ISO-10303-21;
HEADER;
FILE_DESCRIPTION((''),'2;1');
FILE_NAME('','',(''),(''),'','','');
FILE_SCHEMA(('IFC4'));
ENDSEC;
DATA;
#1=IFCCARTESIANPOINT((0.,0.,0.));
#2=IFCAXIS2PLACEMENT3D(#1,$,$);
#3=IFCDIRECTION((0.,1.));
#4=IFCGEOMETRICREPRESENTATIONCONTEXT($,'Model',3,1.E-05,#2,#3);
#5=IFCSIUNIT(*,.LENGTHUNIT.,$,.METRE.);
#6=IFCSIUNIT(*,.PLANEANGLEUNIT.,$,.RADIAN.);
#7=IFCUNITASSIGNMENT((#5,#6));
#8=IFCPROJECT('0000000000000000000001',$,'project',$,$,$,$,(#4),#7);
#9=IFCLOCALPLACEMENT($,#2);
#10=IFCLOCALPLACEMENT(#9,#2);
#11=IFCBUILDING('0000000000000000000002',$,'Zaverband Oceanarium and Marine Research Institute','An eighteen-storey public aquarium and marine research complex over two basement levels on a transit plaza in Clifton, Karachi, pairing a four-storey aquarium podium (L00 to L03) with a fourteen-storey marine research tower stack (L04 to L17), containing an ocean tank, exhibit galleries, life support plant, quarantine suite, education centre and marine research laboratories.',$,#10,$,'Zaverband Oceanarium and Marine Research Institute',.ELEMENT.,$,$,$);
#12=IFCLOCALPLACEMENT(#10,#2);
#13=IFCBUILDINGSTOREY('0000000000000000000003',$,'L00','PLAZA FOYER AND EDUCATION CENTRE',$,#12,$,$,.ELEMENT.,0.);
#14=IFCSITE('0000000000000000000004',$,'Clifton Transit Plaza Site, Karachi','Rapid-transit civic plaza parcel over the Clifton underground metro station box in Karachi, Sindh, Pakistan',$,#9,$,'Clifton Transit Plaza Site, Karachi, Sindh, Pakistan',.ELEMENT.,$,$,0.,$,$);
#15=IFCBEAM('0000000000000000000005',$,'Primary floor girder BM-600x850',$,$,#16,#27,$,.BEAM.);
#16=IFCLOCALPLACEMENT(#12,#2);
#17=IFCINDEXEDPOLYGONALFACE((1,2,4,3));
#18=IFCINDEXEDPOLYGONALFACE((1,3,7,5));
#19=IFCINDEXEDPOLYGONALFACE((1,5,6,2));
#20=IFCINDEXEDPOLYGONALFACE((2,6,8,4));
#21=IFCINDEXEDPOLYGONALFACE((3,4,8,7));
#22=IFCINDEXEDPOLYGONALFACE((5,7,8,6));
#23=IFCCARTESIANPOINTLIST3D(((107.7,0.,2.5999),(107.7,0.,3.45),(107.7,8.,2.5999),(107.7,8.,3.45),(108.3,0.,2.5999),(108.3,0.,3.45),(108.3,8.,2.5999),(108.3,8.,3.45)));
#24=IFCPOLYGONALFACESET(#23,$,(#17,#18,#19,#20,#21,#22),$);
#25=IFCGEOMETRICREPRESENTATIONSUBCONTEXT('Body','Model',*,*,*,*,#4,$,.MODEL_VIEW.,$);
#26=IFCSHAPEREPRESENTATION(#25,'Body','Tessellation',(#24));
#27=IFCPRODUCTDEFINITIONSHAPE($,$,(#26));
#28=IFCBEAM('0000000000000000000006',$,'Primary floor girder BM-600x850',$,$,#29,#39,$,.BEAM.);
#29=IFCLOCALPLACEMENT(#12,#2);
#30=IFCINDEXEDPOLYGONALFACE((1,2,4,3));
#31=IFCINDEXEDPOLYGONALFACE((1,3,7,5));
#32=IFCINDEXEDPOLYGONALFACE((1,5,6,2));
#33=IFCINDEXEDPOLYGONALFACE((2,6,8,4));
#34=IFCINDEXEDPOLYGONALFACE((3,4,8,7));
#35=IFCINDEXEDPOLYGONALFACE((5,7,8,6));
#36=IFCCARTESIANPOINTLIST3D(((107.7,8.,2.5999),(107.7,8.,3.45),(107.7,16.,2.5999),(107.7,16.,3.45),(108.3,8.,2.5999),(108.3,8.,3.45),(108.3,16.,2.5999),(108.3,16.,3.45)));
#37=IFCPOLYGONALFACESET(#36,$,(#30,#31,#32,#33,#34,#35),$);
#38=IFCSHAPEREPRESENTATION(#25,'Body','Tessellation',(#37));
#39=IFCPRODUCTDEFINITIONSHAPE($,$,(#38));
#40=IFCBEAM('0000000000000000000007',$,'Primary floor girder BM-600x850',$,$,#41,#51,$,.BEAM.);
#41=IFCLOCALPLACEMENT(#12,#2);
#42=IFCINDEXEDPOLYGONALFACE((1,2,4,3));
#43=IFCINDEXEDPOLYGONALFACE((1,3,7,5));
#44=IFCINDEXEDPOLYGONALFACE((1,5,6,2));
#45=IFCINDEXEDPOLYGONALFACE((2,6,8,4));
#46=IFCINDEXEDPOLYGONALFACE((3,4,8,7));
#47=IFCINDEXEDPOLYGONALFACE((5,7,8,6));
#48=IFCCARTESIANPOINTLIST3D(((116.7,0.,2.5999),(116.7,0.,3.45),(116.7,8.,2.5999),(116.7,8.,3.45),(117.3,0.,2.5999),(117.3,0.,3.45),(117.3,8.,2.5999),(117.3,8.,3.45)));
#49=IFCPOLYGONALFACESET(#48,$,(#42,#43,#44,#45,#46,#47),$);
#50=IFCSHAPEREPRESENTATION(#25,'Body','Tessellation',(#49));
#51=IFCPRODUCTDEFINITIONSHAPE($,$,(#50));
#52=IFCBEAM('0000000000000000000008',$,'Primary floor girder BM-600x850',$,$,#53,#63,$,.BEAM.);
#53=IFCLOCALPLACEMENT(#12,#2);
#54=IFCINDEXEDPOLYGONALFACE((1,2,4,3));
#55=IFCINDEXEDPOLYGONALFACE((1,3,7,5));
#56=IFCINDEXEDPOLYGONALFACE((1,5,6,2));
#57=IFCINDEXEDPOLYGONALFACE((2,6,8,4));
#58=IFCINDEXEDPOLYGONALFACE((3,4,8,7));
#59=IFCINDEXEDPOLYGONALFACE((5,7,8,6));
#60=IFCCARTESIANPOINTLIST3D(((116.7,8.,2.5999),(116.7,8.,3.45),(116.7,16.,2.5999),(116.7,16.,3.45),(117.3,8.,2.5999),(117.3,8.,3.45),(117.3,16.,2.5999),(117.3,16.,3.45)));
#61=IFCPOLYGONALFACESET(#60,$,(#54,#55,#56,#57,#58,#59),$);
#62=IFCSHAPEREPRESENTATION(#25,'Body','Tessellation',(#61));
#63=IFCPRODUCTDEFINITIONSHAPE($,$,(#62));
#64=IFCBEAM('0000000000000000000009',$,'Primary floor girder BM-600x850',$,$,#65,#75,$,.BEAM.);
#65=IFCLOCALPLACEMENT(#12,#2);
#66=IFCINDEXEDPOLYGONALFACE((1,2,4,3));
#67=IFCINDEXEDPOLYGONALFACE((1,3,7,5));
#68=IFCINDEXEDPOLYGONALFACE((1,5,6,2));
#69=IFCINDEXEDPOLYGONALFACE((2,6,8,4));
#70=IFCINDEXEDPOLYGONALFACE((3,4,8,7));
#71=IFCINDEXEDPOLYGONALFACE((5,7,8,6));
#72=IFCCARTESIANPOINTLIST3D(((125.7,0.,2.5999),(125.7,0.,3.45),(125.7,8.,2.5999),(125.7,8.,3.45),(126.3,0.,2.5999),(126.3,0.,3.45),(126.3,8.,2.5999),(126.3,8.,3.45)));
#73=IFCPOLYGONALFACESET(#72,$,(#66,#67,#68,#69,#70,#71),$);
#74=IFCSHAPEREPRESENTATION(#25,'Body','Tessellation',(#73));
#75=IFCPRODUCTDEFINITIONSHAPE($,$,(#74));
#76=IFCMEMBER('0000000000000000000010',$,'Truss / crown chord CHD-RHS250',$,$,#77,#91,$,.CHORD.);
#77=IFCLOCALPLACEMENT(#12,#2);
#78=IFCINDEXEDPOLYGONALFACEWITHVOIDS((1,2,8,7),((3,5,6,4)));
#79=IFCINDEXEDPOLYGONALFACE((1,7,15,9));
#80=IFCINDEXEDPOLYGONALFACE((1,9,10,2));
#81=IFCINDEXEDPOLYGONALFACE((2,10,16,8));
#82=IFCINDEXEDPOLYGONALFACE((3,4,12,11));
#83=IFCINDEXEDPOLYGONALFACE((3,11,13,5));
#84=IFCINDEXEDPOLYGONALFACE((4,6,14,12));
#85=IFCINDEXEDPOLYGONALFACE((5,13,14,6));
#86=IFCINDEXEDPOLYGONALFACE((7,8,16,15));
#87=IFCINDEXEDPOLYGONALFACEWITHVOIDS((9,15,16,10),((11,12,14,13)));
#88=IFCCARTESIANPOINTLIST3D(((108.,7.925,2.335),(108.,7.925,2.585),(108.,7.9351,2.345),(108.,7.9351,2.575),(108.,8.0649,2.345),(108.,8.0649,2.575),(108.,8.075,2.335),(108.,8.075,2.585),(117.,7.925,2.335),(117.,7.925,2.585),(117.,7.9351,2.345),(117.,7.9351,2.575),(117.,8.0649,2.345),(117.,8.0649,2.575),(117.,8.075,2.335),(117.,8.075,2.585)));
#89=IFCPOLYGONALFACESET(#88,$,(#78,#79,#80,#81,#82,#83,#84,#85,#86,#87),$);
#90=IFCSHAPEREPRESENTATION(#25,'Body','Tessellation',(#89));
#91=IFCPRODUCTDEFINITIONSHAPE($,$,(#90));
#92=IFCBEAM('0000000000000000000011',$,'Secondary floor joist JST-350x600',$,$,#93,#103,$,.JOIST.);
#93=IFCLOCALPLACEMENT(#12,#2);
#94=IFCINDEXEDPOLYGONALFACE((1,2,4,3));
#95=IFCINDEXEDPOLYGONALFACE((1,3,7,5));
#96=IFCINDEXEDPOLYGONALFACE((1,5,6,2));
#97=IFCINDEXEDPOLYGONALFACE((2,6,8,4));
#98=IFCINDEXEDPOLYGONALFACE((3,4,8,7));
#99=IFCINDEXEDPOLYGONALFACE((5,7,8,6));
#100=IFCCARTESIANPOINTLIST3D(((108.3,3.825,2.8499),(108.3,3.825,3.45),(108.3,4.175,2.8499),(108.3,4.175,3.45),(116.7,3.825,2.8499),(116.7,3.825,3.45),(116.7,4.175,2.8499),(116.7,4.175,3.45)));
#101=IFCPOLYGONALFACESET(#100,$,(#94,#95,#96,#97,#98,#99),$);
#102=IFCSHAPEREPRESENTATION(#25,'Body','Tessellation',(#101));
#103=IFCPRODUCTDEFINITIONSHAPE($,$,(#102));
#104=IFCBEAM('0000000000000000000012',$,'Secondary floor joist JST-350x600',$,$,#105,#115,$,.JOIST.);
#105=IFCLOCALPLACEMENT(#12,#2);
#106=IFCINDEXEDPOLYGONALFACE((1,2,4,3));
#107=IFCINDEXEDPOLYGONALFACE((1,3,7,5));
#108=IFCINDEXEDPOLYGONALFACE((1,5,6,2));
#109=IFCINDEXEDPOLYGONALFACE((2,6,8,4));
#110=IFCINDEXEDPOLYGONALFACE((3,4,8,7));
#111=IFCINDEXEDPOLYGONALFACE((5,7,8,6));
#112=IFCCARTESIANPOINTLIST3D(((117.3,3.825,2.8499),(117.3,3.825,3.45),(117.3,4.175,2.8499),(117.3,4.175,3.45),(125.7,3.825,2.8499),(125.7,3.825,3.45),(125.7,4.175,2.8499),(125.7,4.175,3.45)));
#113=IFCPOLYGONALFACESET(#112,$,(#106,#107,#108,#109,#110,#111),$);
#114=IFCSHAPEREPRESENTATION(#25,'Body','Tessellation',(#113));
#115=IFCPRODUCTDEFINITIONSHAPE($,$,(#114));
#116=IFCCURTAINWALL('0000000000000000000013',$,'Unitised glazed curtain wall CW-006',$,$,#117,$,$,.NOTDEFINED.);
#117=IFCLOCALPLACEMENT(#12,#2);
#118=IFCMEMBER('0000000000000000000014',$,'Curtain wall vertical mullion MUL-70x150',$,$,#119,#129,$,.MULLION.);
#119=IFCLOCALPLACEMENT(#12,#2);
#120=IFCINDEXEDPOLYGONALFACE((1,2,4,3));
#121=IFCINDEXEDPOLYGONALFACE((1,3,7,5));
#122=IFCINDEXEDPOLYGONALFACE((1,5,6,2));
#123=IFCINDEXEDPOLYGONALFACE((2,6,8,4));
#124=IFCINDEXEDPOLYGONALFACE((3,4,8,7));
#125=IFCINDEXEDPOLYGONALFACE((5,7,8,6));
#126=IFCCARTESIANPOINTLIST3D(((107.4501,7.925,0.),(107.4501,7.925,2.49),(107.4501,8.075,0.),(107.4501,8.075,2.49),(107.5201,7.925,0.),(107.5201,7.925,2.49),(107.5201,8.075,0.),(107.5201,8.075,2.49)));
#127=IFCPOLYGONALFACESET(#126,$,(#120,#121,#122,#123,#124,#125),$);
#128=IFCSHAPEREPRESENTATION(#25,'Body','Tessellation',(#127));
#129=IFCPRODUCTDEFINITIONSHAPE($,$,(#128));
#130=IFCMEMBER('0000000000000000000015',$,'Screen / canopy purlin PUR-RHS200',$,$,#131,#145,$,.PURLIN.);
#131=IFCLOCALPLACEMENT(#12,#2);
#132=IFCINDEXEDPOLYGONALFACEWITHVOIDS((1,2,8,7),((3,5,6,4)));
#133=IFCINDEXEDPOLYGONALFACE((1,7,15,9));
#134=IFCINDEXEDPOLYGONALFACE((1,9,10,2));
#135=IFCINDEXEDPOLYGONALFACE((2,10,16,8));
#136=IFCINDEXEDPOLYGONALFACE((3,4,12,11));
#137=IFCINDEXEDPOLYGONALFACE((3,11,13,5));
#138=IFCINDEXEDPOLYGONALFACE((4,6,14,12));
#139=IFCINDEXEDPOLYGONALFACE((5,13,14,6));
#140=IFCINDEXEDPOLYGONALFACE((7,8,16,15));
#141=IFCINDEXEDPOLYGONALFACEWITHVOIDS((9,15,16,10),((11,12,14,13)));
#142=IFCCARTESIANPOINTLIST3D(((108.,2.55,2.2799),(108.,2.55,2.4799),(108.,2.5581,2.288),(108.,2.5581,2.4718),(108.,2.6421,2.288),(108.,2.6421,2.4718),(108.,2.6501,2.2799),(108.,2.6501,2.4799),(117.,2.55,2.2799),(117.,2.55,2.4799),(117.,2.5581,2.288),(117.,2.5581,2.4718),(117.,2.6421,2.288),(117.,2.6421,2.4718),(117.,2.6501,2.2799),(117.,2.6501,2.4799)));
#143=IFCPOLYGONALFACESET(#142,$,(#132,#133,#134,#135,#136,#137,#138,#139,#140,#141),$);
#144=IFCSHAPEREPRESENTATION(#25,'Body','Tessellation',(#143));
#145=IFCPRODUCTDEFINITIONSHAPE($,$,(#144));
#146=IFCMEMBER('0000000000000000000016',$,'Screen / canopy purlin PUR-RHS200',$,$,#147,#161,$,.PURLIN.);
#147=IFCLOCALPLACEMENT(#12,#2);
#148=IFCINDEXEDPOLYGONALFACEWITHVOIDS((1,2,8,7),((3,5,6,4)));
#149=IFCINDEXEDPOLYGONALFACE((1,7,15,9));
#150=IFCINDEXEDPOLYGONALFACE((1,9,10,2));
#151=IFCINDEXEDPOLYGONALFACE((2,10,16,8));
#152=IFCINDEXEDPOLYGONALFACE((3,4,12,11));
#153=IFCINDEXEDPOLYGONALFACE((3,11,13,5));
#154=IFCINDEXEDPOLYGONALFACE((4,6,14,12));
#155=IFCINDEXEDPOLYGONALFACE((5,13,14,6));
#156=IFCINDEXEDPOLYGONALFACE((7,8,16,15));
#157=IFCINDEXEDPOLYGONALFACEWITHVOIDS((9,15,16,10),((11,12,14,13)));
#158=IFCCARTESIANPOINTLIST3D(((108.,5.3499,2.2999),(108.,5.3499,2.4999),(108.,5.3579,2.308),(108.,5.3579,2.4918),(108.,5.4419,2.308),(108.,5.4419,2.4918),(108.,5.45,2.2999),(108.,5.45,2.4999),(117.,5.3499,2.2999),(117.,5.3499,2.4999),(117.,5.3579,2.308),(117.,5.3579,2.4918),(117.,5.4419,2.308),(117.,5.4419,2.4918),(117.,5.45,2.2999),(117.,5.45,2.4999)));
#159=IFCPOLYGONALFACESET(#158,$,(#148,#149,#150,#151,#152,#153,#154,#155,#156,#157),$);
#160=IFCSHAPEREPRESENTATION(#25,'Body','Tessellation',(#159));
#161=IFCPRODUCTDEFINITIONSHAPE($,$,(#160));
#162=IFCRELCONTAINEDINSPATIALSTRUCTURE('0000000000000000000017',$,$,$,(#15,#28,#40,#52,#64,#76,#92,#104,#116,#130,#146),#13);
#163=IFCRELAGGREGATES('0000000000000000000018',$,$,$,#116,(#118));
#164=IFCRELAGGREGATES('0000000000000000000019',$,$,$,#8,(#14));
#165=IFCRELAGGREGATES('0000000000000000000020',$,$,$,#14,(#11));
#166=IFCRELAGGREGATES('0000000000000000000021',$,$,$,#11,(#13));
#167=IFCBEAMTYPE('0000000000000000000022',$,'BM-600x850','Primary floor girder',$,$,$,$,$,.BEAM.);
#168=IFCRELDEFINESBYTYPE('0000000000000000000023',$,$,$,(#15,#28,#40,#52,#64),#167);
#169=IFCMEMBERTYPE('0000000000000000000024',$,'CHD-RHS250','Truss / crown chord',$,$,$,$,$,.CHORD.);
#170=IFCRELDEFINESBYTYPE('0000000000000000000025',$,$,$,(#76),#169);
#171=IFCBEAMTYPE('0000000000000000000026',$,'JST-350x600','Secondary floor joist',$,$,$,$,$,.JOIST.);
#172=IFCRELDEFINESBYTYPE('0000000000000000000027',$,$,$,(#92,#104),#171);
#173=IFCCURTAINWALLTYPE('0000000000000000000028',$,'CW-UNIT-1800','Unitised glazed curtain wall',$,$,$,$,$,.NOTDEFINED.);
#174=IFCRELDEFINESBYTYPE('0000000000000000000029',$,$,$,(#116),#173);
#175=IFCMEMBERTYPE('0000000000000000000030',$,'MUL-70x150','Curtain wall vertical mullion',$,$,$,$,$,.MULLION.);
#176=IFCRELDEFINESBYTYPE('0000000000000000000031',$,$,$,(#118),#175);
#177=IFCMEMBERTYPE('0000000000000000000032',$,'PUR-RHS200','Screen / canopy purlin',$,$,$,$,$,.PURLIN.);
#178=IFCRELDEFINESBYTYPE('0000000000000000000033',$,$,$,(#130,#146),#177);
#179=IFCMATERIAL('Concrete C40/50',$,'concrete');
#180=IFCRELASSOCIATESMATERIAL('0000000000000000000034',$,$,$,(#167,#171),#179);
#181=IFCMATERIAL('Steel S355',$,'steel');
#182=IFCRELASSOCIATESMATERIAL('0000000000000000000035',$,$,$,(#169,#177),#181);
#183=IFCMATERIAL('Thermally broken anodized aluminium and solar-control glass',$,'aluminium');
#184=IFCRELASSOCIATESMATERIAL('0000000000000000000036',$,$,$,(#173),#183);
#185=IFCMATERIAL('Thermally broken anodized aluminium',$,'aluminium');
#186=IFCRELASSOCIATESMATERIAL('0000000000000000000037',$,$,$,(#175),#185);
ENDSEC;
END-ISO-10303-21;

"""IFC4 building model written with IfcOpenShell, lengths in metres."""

from ifc_helpers import new_model, si_unit, direction, frame, origin, origin_2d, place, context, subcontext, project, spatial, rectangle, hollow_rectangle, extrude, material, material_profile, profile_set, type_object, element, aggregate, save


model = new_model("IFC4")

# Units and contexts
model_context = context("Model", 3, precision=1e-05, world=origin(), true_north=direction((0.0, 1.0)))
body_context = subcontext(model_context, "Body", "Model", "MODEL_VIEW")
ifc_project = project(units=[si_unit("LENGTHUNIT", "METRE"), si_unit("PLANEANGLEUNIT", "RADIAN")], contexts=[model_context])

# Site, building, storey
site_placement = place(None, origin())
site = spatial("IfcSite", under=ifc_project, at=site_placement, Name="Clifton Transit Plaza Site, Karachi", Description="Rapid-transit civic plaza parcel over the Clifton underground metro station box in Karachi, Sindh, Pakistan", LongName="Clifton Transit Plaza Site, Karachi, Sindh, Pakistan", CompositionType="ELEMENT", RefElevation=0.0)
building_placement = place(site_placement, origin())
building = spatial("IfcBuilding", under=site, at=building_placement, Name="Zaverband Oceanarium and Marine Research Institute", Description="An eighteen-storey public aquarium and marine research complex over two basement levels on a transit plaza in Clifton, Karachi, pairing a four-storey aquarium podium (L00 to L03) with a fourteen-storey marine research tower stack (L04 to L17), containing an ocean tank, exhibit galleries, life support plant, quarantine suite, education centre and marine research laboratories.", LongName="Zaverband Oceanarium and Marine Research Institute", CompositionType="ELEMENT")
storey_placement = place(building_placement, origin())
storey = spatial("IfcBuildingStorey", under=building, at=storey_placement, Name="L00", Description="PLAZA FOYER AND EDUCATION CENTRE", CompositionType="ELEMENT", Elevation=0.0)

# Shared definitions
ifc_material_1 = material(Name="Concrete C40/50", Category="concrete")

# Beams
ifc_material_profile_1 = material_profile(ifc_material_1, rectangle(XDim=0.6001, YDim=0.8501, at=origin_2d()), Name="RC600x850")
ifc_profile_set_1 = profile_set([ifc_material_profile_1], Name="Concrete C40/50")
beam_type_1 = type_object("IfcBeamType", Name="BM-600x850", Description="Primary floor girder", PredefinedType="BEAM", material=ifc_profile_set_1)
for number, where, z_axis, x_axis, name in (
    (1, (108.0, 0.0, 3.0249), (0.0, 1.0, 0.0), (-1.0, 0.0, 0.0), "Primary floor girder BM-600x850"),
    (2, (108.0, 8.0, 3.0249), (0.0, 1.0, 0.0), (-1.0, 0.0, 0.0), "Primary floor girder BM-600x850"),
    (3, (117.0, 0.0, 3.0249), (0.0, 1.0, 0.0), (-1.0, 0.0, 0.0), "Primary floor girder BM-600x850"),
    (4, (117.0, 8.0, 3.0249), (0.0, 1.0, 0.0), (-1.0, 0.0, 0.0), "Primary floor girder BM-600x850"),
    (5, (126.0, 0.0, 3.0249), (0.0, 1.0, 0.0), (-1.0, 0.0, 0.0), "Primary floor girder BM-600x850"),
):
    element("IfcBeam", number, at=place(storey_placement, frame(where, z_axis=z_axis, x_axis=x_axis)), inside=storey, type_object=beam_type_1, Name=name, PredefinedType="BEAM", context=body_context, shape_type="SweptSolid", body=[
        extrude(rectangle(XDim=0.6001, YDim=0.8501, at=origin_2d()), origin(), (0.0, 0.0, 1.0), 8.0),
    ])

# Member
ifc_material_2 = material(Name="Steel S355", Category="steel")
ifc_material_profile_2 = material_profile(ifc_material_2, hollow_rectangle(XDim=0.1499, YDim=0.25, WallThickness=0.01, at=origin_2d()), Name="RHS250x150x10")
ifc_profile_set_2 = profile_set([ifc_material_profile_2], Name="Steel S355")
member_type_1 = type_object("IfcMemberType", Name="CHD-RHS250", Description="Truss / crown chord", PredefinedType="CHORD", material=ifc_profile_set_2)
member_1_placement = place(storey_placement, frame((108.0, 8.0, 2.46), z_axis=(1.0, 0.0, 0.0), x_axis=(0.0, 1.0, 0.0)))
element("IfcMember", 6, at=member_1_placement, inside=storey, type_object=member_type_1, Name="Truss / crown chord CHD-RHS250", PredefinedType="CHORD", context=body_context, shape_type="SweptSolid", body=[
    extrude(hollow_rectangle(XDim=0.1499, YDim=0.25, WallThickness=0.01, at=origin_2d()), origin(), (0.0, 0.0, 1.0), 9.0),
])

# Beams
ifc_material_profile_3 = material_profile(ifc_material_1, rectangle(XDim=0.3501, YDim=0.6001, at=origin_2d()), Name="RC350x600")
ifc_profile_set_3 = profile_set([ifc_material_profile_3], Name="Concrete C40/50")
beam_type_2 = type_object("IfcBeamType", Name="JST-350x600", Description="Secondary floor joist", PredefinedType="JOIST", material=ifc_profile_set_3)
for number, where, z_axis, x_axis, name in (
    (7, (108.3, 4.0, 3.1499), (1.0, 0.0, 0.0), (0.0, 1.0, 0.0), "Secondary floor joist JST-350x600"),
    (8, (117.3, 4.0, 3.1499), (1.0, 0.0, 0.0), (0.0, 1.0, 0.0), "Secondary floor joist JST-350x600"),
):
    element("IfcBeam", number, at=place(storey_placement, frame(where, z_axis=z_axis, x_axis=x_axis)), inside=storey, type_object=beam_type_2, Name=name, PredefinedType="JOIST", context=body_context, shape_type="SweptSolid", body=[
        extrude(rectangle(XDim=0.3501, YDim=0.6001, at=origin_2d()), origin(), (0.0, 0.0, 1.0), 8.3999),
    ])

# Curtain wall, member
ifc_material_3 = material(Name="Thermally broken anodized aluminium and solar-control glass", Category="aluminium")
curtain_wall_type = type_object("IfcCurtainWallType", Name="CW-UNIT-1800", Description="Unitised glazed curtain wall", PredefinedType="NOTDEFINED", material=ifc_material_3)
curtain_wall_placement = place(storey_placement, origin())
curtain_wall = element("IfcCurtainWall", 9, at=curtain_wall_placement, inside=storey, type_object=curtain_wall_type, Name="Unitised glazed curtain wall CW-006", PredefinedType="NOTDEFINED")
ifc_material_4 = material(Name="Thermally broken anodized aluminium", Category="aluminium")
ifc_material_profile_4 = material_profile(ifc_material_4, rectangle(XDim=0.0701, YDim=0.1499, at=origin_2d()), Name="AL-MUL-70x150")
ifc_profile_set_4 = profile_set([ifc_material_profile_4], Name="Thermally broken anodized aluminium")
member_type_2 = type_object("IfcMemberType", Name="MUL-70x150", Description="Curtain wall vertical mullion", PredefinedType="MULLION", material=ifc_profile_set_4)
member_2_placement = place(storey_placement, frame((107.4851, 8.0, 0.0), z_axis=(0.0, 0.0, 1.0), x_axis=(1.0, 0.0, 0.0)))
member_2 = element("IfcMember", 10, at=member_2_placement, type_object=member_type_2, Name="Curtain wall vertical mullion MUL-70x150", PredefinedType="MULLION", context=body_context, shape_type="SweptSolid", body=[
    extrude(rectangle(XDim=0.0701, YDim=0.1499, at=origin_2d()), origin(), (0.0, 0.0, 1.0), 2.49),
])
aggregate(curtain_wall, [member_2])

# Members
ifc_material_profile_5 = material_profile(ifc_material_2, hollow_rectangle(XDim=0.1001, YDim=0.2, WallThickness=0.0081, at=origin_2d()), Name="RHS200x100x8")
ifc_profile_set_5 = profile_set([ifc_material_profile_5], Name="Steel S355")
member_type_3 = type_object("IfcMemberType", Name="PUR-RHS200", Description="Screen / canopy purlin", PredefinedType="PURLIN", material=ifc_profile_set_5)
for number, where, z_axis, x_axis, name in (
    (11, (108.0, 2.6001, 2.3799), (1.0, 0.0, 0.0), (0.0, 1.0, 0.0), "Screen / canopy purlin PUR-RHS200"),
    (12, (108.0, 5.3999, 2.3999), (1.0, 0.0, 0.0), (0.0, 1.0, 0.0), "Screen / canopy purlin PUR-RHS200"),
):
    element("IfcMember", number, at=place(storey_placement, frame(where, z_axis=z_axis, x_axis=x_axis)), inside=storey, type_object=member_type_3, Name=name, PredefinedType="PURLIN", context=body_context, shape_type="SweptSolid", body=[
        extrude(hollow_rectangle(XDim=0.1001, YDim=0.2, WallThickness=0.0081, at=origin_2d()), origin(), (0.0, 0.0, 1.0), 9.0),
    ])

save(model, "model.ifc")
